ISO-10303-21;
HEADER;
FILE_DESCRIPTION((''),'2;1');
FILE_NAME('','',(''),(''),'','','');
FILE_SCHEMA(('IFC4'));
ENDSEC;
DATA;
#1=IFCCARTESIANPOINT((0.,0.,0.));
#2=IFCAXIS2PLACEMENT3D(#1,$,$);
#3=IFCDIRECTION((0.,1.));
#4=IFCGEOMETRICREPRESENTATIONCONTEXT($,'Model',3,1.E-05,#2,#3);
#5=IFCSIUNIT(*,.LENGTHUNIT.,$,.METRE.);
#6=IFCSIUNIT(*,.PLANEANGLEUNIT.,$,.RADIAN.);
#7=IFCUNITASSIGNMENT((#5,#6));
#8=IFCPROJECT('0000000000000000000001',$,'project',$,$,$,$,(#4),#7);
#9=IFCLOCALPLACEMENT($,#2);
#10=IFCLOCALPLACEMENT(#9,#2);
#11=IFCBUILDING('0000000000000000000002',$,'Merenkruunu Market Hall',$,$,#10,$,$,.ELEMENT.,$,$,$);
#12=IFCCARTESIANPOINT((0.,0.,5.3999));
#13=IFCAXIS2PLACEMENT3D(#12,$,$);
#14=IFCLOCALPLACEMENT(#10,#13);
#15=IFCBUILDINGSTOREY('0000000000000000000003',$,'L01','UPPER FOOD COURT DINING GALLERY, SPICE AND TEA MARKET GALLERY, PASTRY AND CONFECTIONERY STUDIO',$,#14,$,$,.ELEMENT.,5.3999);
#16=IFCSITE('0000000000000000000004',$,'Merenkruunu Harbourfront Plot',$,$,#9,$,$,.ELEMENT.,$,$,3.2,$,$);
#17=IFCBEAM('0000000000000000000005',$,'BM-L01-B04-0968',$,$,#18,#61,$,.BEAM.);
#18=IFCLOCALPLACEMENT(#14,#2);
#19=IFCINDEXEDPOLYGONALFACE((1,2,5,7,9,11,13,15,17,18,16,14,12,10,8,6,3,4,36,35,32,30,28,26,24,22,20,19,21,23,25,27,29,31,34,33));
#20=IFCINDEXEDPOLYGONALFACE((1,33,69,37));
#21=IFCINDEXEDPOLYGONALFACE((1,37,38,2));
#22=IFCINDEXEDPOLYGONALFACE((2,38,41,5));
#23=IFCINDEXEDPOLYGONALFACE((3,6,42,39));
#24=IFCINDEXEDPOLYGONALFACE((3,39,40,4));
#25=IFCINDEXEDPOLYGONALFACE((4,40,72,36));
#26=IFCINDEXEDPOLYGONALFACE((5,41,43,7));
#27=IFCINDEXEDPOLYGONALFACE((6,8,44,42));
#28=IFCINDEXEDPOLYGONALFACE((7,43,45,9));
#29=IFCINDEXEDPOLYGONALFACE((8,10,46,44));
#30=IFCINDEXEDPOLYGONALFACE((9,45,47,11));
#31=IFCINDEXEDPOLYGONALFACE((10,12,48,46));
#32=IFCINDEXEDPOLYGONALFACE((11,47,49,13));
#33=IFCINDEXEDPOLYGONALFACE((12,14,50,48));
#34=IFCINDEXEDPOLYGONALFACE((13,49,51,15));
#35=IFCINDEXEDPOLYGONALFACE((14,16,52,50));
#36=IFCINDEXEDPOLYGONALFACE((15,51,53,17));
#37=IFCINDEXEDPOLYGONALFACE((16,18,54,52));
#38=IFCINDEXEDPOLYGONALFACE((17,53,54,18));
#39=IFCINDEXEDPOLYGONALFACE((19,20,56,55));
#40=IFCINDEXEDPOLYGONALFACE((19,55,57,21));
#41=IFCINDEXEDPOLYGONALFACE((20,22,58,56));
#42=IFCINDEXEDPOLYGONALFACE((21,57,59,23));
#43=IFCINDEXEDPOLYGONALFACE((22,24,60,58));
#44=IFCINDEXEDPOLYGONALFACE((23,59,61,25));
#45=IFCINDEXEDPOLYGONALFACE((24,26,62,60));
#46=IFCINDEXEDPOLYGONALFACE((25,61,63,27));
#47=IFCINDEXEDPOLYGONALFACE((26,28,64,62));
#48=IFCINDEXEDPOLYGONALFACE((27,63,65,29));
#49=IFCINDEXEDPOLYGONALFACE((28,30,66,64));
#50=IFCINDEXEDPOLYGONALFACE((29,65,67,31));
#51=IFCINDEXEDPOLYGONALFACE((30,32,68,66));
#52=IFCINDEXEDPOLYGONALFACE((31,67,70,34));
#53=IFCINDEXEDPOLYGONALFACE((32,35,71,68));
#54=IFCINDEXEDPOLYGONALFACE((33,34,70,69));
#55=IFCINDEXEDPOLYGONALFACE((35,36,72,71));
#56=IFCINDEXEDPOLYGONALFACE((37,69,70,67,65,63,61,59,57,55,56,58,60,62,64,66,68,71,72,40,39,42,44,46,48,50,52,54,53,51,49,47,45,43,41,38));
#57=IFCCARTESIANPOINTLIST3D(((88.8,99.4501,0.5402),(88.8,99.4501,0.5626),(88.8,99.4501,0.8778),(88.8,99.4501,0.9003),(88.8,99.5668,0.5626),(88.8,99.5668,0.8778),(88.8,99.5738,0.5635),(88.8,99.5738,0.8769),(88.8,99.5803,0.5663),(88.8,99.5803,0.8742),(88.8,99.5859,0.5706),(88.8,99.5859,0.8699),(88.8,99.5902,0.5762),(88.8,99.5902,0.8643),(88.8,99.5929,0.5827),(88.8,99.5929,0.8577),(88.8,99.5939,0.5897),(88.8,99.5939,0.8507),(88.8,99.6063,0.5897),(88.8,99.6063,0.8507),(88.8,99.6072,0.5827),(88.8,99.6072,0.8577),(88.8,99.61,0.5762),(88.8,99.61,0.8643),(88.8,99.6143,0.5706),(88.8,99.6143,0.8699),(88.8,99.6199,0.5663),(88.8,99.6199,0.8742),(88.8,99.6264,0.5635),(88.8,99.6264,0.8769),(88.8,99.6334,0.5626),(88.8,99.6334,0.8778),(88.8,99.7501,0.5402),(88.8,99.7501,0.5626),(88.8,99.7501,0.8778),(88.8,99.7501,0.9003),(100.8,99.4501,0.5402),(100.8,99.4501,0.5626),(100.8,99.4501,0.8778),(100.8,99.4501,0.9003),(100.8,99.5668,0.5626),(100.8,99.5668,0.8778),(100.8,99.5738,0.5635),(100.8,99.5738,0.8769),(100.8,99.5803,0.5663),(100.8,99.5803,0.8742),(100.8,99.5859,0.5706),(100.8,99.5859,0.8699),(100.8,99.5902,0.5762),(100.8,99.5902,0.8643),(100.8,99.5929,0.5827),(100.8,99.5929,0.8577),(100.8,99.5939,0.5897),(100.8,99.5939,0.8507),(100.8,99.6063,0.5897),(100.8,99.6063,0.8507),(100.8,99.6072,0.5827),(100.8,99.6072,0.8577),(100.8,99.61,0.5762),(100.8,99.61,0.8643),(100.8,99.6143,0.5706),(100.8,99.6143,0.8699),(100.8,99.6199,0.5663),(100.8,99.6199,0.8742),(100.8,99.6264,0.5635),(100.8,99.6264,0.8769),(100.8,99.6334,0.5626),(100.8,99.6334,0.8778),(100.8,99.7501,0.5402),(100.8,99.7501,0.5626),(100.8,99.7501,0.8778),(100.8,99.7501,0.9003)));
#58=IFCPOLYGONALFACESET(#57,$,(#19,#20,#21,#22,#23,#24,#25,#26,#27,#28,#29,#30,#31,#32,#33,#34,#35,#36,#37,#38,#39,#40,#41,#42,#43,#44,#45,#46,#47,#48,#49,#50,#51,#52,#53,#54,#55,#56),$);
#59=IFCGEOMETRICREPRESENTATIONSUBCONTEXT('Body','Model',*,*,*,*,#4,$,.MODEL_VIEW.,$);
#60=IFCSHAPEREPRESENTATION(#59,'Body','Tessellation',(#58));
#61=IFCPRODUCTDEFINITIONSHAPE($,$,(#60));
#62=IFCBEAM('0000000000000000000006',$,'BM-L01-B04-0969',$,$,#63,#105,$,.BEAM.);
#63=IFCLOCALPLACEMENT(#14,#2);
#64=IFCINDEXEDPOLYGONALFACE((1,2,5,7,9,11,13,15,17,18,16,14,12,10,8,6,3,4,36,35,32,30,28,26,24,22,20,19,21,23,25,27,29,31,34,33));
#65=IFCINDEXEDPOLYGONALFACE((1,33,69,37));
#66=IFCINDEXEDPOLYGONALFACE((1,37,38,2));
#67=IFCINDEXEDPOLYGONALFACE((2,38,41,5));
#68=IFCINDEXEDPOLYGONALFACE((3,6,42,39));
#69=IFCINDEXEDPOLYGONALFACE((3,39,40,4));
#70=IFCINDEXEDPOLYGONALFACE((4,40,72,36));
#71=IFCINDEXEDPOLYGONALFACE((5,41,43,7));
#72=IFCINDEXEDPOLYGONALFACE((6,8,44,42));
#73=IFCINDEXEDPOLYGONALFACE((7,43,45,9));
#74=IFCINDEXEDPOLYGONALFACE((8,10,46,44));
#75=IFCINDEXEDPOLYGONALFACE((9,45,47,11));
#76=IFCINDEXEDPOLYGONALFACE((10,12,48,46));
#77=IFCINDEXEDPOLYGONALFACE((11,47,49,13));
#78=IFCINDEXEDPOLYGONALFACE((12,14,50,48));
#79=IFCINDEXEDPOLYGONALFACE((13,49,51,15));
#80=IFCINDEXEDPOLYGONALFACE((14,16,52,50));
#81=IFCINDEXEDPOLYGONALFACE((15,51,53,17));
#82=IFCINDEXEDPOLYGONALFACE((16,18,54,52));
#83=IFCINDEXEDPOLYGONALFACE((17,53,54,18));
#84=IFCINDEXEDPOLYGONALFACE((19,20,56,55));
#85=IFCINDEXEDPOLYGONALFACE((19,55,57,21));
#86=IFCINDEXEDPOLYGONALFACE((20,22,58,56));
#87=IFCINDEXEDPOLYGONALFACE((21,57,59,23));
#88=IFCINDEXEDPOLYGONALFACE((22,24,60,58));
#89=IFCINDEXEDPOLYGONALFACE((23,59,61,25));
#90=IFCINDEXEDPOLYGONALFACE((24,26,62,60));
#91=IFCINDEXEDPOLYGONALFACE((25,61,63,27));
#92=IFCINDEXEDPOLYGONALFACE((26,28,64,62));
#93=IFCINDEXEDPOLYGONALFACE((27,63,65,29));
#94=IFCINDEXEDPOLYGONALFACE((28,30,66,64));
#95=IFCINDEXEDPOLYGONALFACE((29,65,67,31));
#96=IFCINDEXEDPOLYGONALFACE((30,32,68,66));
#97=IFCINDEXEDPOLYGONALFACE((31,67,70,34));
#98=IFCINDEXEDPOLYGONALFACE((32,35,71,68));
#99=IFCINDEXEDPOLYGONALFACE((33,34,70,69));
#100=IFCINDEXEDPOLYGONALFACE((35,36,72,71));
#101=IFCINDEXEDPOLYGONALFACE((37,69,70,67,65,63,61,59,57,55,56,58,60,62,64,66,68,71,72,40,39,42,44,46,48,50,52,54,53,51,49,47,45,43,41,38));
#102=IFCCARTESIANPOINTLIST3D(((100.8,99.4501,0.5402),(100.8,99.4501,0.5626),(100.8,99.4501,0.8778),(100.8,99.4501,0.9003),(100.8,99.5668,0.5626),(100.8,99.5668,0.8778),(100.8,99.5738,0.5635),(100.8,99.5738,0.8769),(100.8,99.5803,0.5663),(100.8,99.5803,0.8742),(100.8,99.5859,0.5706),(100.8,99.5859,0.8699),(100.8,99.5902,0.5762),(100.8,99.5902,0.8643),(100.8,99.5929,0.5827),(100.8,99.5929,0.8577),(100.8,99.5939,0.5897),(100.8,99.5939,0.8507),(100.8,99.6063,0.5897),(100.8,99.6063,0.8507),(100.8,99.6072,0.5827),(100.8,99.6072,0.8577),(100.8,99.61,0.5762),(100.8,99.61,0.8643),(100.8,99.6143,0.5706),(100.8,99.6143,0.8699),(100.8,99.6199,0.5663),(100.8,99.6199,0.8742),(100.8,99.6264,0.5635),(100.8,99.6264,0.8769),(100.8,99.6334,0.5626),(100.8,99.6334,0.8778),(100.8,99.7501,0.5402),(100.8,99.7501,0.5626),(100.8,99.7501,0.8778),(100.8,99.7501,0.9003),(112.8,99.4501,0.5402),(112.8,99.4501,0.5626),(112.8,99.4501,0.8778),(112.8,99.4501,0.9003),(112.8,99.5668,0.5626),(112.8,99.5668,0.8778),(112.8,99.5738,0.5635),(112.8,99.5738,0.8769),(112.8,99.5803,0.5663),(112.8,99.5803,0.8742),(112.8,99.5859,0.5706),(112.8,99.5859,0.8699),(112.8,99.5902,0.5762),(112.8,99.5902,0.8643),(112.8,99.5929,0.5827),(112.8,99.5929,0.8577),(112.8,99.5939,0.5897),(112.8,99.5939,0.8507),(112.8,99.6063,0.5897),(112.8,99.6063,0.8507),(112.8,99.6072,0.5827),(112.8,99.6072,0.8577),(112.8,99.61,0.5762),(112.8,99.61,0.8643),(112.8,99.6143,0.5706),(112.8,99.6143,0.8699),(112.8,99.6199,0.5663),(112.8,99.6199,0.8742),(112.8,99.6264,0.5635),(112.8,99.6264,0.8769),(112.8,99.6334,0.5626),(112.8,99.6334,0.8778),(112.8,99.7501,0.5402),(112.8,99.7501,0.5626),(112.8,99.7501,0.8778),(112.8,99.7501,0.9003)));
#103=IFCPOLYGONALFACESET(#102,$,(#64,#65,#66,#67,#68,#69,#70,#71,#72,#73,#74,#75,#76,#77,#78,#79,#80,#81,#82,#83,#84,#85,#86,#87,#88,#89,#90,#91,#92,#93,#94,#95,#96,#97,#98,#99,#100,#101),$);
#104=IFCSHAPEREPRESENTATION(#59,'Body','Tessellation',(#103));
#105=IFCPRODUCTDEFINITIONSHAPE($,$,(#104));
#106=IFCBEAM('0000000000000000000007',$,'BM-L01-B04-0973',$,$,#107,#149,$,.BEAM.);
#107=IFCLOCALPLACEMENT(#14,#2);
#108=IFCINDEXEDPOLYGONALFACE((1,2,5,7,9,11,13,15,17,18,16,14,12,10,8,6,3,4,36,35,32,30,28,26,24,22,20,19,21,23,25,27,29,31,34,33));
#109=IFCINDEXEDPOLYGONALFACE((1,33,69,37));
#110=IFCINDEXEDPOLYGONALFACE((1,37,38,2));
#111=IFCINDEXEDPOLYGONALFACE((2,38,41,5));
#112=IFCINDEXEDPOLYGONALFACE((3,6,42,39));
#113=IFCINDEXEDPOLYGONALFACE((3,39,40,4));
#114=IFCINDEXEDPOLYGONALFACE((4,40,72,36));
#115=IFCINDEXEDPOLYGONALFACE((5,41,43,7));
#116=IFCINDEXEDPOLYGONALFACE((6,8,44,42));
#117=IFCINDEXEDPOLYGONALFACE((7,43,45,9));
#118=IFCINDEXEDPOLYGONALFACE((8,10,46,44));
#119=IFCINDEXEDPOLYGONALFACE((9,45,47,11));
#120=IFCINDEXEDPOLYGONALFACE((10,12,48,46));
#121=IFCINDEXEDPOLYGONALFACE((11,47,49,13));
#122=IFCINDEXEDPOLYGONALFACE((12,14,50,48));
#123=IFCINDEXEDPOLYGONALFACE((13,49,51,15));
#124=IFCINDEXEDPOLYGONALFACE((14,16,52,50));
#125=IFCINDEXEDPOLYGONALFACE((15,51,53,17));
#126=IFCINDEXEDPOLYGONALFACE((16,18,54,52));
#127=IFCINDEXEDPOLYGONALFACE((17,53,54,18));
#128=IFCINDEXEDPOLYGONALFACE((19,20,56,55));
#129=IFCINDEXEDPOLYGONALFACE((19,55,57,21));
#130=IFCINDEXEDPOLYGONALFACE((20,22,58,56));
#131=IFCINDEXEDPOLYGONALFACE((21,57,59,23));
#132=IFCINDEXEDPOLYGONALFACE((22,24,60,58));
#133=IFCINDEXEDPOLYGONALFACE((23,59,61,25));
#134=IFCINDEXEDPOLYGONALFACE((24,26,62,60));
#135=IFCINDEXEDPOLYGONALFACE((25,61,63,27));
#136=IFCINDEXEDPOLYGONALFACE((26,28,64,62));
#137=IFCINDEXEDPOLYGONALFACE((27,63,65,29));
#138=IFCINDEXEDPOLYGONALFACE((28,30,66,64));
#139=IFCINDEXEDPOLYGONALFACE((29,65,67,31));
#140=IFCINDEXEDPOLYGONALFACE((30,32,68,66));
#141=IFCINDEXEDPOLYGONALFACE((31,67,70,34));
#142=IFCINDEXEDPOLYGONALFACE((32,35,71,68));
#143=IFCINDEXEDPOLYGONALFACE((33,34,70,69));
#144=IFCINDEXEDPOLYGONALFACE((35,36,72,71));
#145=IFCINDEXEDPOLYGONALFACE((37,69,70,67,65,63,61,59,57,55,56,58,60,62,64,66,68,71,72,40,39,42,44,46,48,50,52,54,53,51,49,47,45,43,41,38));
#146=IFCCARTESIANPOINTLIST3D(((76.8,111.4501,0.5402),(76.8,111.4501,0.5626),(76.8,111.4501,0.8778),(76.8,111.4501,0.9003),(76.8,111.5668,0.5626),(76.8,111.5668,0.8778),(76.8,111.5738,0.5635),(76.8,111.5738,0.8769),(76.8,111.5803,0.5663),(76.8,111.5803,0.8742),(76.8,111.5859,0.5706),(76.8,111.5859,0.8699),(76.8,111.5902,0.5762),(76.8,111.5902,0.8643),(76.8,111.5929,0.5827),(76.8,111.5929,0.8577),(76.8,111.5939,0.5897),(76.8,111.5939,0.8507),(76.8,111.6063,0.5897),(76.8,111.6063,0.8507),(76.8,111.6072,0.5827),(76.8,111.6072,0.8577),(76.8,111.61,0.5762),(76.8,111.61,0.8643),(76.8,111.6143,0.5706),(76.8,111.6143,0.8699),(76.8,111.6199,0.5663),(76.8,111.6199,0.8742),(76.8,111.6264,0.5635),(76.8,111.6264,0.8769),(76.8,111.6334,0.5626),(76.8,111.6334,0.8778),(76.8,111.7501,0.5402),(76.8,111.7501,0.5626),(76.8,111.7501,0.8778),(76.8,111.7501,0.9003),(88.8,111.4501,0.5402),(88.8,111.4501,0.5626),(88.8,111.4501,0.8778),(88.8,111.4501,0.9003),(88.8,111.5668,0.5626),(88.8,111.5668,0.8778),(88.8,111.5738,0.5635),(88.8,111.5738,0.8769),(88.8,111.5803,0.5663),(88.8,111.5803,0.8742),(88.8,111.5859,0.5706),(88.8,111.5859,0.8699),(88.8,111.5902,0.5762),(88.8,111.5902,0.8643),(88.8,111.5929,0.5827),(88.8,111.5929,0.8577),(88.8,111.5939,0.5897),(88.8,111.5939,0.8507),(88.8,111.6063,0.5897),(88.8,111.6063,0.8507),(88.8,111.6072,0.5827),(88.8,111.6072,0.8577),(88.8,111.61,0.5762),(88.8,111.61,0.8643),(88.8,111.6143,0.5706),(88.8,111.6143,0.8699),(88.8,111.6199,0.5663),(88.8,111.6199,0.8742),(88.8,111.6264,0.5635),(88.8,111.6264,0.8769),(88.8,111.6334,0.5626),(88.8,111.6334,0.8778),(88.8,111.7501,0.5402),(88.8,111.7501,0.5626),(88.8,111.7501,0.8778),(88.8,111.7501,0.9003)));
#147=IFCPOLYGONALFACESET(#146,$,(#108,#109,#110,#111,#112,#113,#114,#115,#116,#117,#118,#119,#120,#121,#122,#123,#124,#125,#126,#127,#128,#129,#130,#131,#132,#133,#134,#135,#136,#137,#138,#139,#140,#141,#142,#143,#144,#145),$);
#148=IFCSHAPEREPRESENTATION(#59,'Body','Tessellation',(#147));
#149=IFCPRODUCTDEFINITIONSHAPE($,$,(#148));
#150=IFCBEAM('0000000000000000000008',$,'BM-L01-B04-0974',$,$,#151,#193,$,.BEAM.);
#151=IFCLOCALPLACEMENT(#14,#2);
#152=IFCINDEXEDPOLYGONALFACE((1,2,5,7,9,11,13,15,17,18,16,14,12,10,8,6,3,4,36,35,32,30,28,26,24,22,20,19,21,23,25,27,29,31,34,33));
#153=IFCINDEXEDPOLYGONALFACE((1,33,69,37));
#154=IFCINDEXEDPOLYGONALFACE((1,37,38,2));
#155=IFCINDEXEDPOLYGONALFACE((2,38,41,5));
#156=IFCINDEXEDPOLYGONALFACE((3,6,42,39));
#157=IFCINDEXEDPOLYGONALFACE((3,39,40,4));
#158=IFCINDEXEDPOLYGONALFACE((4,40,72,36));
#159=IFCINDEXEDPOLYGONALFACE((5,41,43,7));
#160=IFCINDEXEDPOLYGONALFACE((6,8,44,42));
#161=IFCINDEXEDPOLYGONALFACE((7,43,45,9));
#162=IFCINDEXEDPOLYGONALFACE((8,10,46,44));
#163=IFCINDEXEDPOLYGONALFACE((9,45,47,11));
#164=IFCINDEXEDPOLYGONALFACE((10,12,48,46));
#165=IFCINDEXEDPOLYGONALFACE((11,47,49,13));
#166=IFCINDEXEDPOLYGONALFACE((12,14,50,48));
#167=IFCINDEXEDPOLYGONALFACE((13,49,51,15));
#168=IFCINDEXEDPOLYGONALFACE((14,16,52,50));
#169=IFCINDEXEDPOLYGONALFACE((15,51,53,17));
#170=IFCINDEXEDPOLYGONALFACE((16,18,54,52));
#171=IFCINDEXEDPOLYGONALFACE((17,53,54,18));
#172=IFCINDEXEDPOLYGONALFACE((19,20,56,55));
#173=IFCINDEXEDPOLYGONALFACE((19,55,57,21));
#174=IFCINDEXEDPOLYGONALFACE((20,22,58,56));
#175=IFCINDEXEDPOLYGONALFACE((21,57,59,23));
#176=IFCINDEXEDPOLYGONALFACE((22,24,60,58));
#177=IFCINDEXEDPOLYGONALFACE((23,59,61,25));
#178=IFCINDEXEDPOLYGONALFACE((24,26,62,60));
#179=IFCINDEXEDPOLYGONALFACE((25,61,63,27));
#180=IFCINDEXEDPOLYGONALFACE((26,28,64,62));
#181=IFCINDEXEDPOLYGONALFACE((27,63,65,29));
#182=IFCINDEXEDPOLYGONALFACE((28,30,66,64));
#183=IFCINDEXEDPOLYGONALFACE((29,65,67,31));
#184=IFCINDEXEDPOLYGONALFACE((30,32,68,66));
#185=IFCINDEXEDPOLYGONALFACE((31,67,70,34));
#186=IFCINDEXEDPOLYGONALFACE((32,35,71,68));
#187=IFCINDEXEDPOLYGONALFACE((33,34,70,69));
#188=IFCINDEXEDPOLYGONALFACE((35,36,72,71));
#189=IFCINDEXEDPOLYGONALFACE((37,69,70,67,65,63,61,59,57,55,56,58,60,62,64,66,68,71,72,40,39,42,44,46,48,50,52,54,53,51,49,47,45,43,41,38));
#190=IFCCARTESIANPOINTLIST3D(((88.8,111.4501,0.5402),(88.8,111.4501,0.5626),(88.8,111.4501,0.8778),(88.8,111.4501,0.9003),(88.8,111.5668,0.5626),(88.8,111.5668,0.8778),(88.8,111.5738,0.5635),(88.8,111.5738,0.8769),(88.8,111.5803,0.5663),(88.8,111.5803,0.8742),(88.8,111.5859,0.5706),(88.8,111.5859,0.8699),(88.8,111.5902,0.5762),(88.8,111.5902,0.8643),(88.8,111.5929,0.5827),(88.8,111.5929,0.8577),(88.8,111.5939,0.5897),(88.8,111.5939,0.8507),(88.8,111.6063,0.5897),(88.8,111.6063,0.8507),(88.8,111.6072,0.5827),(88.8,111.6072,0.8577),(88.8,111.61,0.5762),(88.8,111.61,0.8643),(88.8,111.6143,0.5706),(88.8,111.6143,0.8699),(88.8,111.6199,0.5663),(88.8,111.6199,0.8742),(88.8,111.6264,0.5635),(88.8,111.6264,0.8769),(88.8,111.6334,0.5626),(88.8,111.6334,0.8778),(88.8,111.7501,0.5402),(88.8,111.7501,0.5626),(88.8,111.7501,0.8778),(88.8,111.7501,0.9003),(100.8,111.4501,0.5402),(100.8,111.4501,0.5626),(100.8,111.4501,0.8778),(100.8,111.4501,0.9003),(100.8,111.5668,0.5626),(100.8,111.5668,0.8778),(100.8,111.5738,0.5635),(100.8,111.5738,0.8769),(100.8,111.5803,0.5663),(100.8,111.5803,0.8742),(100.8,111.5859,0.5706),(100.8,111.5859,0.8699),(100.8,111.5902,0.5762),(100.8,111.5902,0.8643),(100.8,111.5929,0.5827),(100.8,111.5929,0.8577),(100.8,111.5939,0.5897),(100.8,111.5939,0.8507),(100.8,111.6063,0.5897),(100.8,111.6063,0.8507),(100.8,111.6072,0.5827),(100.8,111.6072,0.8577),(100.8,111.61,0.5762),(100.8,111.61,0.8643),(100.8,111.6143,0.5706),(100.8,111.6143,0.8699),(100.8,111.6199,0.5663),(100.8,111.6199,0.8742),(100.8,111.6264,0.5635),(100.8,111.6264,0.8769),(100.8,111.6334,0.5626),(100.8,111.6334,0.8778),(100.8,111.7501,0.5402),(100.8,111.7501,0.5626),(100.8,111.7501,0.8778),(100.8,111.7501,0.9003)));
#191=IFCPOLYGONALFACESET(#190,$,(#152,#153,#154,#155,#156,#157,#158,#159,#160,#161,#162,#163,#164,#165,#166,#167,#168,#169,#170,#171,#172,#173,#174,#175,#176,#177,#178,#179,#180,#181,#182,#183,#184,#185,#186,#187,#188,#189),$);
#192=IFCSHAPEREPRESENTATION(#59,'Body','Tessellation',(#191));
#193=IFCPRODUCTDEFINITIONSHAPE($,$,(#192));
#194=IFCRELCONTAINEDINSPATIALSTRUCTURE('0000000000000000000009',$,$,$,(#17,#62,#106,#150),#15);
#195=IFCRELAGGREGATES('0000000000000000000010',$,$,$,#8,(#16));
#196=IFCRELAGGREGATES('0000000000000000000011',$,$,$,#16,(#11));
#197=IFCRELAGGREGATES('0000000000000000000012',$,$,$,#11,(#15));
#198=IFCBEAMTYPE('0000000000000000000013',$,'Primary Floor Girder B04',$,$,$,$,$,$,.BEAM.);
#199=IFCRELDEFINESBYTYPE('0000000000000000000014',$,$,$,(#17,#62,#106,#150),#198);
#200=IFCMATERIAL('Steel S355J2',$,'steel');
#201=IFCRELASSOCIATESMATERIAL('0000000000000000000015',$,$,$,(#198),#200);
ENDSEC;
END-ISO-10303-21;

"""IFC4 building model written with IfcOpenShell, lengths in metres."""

from ifc_helpers import new_model, si_unit, direction, frame, origin, origin_2d, place, context, subcontext, project, spatial, i_section, extrude, material, material_profile, profile_set, type_object, element, save


model = new_model("IFC4")

# Units and contexts
model_context = context("Model", 3, precision=1e-05, world=origin(), true_north=direction((0.0, 1.0)))
body_context = subcontext(model_context, "Body", "Model", "MODEL_VIEW")
ifc_project = project(units=[si_unit("LENGTHUNIT", "METRE"), si_unit("PLANEANGLEUNIT", "RADIAN")], contexts=[model_context])

# Site, building, storey
site_placement = place(None, origin())
site = spatial("IfcSite", under=ifc_project, at=site_placement, Name="Merenkruunu Harbourfront Plot", CompositionType="ELEMENT", RefElevation=3.2)
building_placement = place(site_placement, origin())
building = spatial("IfcBuilding", under=site, at=building_placement, Name="Merenkruunu Market Hall", CompositionType="ELEMENT")
storey_placement = place(building_placement, frame((0.0, 0.0, 5.3999)))
storey = spatial("IfcBuildingStorey", under=building, at=storey_placement, Name="L01", Description="UPPER FOOD COURT DINING GALLERY, SPICE AND TEA MARKET GALLERY, PASTRY AND CONFECTIONERY STUDIO", CompositionType="ELEMENT", Elevation=5.3999)

# Beams
ifc_material_1 = material(Name="Steel S355J2", Category="steel")
ifc_material_profile_1 = material_profile(ifc_material_1, i_section(OverallWidth=0.3, OverallDepth=0.3601, WebThickness=0.0125, FlangeThickness=0.0225, FilletRadius=0.0271, at=origin_2d()), Name="HEB 360")
ifc_profile_set_1 = profile_set([ifc_material_profile_1], Name="Steel S355J2")
beam_type_1 = type_object("IfcBeamType", Name="Primary Floor Girder B04", PredefinedType="BEAM", material=ifc_profile_set_1)
for number, where, z_axis, x_axis, name in (
    (1, (88.8, 99.6001, 0.7202), (1.0, 0.0, 0.0), (0.0, 1.0, 0.0), "BM-L01-B04-0968"),
    (2, (100.8, 99.6001, 0.7202), (1.0, 0.0, 0.0), (0.0, 1.0, 0.0), "BM-L01-B04-0969"),
    (3, (76.8, 111.6001, 0.7202), (1.0, 0.0, 0.0), (0.0, 1.0, 0.0), "BM-L01-B04-0973"),
    (4, (88.8, 111.6001, 0.7202), (1.0, 0.0, 0.0), (0.0, 1.0, 0.0), "BM-L01-B04-0974"),
):
    element("IfcBeam", number, at=place(storey_placement, frame(where, z_axis=z_axis, x_axis=x_axis)), inside=storey, type_object=beam_type_1, Name=name, PredefinedType="BEAM", context=body_context, shape_type="SweptSolid", body=[
        extrude(i_section(OverallWidth=0.3, OverallDepth=0.3601, WebThickness=0.0125, FlangeThickness=0.0225, FilletRadius=0.0271, at=origin_2d()), origin(), (0.0, 0.0, 1.0), 12.0),
    ])

save(model, "model.ifc")
